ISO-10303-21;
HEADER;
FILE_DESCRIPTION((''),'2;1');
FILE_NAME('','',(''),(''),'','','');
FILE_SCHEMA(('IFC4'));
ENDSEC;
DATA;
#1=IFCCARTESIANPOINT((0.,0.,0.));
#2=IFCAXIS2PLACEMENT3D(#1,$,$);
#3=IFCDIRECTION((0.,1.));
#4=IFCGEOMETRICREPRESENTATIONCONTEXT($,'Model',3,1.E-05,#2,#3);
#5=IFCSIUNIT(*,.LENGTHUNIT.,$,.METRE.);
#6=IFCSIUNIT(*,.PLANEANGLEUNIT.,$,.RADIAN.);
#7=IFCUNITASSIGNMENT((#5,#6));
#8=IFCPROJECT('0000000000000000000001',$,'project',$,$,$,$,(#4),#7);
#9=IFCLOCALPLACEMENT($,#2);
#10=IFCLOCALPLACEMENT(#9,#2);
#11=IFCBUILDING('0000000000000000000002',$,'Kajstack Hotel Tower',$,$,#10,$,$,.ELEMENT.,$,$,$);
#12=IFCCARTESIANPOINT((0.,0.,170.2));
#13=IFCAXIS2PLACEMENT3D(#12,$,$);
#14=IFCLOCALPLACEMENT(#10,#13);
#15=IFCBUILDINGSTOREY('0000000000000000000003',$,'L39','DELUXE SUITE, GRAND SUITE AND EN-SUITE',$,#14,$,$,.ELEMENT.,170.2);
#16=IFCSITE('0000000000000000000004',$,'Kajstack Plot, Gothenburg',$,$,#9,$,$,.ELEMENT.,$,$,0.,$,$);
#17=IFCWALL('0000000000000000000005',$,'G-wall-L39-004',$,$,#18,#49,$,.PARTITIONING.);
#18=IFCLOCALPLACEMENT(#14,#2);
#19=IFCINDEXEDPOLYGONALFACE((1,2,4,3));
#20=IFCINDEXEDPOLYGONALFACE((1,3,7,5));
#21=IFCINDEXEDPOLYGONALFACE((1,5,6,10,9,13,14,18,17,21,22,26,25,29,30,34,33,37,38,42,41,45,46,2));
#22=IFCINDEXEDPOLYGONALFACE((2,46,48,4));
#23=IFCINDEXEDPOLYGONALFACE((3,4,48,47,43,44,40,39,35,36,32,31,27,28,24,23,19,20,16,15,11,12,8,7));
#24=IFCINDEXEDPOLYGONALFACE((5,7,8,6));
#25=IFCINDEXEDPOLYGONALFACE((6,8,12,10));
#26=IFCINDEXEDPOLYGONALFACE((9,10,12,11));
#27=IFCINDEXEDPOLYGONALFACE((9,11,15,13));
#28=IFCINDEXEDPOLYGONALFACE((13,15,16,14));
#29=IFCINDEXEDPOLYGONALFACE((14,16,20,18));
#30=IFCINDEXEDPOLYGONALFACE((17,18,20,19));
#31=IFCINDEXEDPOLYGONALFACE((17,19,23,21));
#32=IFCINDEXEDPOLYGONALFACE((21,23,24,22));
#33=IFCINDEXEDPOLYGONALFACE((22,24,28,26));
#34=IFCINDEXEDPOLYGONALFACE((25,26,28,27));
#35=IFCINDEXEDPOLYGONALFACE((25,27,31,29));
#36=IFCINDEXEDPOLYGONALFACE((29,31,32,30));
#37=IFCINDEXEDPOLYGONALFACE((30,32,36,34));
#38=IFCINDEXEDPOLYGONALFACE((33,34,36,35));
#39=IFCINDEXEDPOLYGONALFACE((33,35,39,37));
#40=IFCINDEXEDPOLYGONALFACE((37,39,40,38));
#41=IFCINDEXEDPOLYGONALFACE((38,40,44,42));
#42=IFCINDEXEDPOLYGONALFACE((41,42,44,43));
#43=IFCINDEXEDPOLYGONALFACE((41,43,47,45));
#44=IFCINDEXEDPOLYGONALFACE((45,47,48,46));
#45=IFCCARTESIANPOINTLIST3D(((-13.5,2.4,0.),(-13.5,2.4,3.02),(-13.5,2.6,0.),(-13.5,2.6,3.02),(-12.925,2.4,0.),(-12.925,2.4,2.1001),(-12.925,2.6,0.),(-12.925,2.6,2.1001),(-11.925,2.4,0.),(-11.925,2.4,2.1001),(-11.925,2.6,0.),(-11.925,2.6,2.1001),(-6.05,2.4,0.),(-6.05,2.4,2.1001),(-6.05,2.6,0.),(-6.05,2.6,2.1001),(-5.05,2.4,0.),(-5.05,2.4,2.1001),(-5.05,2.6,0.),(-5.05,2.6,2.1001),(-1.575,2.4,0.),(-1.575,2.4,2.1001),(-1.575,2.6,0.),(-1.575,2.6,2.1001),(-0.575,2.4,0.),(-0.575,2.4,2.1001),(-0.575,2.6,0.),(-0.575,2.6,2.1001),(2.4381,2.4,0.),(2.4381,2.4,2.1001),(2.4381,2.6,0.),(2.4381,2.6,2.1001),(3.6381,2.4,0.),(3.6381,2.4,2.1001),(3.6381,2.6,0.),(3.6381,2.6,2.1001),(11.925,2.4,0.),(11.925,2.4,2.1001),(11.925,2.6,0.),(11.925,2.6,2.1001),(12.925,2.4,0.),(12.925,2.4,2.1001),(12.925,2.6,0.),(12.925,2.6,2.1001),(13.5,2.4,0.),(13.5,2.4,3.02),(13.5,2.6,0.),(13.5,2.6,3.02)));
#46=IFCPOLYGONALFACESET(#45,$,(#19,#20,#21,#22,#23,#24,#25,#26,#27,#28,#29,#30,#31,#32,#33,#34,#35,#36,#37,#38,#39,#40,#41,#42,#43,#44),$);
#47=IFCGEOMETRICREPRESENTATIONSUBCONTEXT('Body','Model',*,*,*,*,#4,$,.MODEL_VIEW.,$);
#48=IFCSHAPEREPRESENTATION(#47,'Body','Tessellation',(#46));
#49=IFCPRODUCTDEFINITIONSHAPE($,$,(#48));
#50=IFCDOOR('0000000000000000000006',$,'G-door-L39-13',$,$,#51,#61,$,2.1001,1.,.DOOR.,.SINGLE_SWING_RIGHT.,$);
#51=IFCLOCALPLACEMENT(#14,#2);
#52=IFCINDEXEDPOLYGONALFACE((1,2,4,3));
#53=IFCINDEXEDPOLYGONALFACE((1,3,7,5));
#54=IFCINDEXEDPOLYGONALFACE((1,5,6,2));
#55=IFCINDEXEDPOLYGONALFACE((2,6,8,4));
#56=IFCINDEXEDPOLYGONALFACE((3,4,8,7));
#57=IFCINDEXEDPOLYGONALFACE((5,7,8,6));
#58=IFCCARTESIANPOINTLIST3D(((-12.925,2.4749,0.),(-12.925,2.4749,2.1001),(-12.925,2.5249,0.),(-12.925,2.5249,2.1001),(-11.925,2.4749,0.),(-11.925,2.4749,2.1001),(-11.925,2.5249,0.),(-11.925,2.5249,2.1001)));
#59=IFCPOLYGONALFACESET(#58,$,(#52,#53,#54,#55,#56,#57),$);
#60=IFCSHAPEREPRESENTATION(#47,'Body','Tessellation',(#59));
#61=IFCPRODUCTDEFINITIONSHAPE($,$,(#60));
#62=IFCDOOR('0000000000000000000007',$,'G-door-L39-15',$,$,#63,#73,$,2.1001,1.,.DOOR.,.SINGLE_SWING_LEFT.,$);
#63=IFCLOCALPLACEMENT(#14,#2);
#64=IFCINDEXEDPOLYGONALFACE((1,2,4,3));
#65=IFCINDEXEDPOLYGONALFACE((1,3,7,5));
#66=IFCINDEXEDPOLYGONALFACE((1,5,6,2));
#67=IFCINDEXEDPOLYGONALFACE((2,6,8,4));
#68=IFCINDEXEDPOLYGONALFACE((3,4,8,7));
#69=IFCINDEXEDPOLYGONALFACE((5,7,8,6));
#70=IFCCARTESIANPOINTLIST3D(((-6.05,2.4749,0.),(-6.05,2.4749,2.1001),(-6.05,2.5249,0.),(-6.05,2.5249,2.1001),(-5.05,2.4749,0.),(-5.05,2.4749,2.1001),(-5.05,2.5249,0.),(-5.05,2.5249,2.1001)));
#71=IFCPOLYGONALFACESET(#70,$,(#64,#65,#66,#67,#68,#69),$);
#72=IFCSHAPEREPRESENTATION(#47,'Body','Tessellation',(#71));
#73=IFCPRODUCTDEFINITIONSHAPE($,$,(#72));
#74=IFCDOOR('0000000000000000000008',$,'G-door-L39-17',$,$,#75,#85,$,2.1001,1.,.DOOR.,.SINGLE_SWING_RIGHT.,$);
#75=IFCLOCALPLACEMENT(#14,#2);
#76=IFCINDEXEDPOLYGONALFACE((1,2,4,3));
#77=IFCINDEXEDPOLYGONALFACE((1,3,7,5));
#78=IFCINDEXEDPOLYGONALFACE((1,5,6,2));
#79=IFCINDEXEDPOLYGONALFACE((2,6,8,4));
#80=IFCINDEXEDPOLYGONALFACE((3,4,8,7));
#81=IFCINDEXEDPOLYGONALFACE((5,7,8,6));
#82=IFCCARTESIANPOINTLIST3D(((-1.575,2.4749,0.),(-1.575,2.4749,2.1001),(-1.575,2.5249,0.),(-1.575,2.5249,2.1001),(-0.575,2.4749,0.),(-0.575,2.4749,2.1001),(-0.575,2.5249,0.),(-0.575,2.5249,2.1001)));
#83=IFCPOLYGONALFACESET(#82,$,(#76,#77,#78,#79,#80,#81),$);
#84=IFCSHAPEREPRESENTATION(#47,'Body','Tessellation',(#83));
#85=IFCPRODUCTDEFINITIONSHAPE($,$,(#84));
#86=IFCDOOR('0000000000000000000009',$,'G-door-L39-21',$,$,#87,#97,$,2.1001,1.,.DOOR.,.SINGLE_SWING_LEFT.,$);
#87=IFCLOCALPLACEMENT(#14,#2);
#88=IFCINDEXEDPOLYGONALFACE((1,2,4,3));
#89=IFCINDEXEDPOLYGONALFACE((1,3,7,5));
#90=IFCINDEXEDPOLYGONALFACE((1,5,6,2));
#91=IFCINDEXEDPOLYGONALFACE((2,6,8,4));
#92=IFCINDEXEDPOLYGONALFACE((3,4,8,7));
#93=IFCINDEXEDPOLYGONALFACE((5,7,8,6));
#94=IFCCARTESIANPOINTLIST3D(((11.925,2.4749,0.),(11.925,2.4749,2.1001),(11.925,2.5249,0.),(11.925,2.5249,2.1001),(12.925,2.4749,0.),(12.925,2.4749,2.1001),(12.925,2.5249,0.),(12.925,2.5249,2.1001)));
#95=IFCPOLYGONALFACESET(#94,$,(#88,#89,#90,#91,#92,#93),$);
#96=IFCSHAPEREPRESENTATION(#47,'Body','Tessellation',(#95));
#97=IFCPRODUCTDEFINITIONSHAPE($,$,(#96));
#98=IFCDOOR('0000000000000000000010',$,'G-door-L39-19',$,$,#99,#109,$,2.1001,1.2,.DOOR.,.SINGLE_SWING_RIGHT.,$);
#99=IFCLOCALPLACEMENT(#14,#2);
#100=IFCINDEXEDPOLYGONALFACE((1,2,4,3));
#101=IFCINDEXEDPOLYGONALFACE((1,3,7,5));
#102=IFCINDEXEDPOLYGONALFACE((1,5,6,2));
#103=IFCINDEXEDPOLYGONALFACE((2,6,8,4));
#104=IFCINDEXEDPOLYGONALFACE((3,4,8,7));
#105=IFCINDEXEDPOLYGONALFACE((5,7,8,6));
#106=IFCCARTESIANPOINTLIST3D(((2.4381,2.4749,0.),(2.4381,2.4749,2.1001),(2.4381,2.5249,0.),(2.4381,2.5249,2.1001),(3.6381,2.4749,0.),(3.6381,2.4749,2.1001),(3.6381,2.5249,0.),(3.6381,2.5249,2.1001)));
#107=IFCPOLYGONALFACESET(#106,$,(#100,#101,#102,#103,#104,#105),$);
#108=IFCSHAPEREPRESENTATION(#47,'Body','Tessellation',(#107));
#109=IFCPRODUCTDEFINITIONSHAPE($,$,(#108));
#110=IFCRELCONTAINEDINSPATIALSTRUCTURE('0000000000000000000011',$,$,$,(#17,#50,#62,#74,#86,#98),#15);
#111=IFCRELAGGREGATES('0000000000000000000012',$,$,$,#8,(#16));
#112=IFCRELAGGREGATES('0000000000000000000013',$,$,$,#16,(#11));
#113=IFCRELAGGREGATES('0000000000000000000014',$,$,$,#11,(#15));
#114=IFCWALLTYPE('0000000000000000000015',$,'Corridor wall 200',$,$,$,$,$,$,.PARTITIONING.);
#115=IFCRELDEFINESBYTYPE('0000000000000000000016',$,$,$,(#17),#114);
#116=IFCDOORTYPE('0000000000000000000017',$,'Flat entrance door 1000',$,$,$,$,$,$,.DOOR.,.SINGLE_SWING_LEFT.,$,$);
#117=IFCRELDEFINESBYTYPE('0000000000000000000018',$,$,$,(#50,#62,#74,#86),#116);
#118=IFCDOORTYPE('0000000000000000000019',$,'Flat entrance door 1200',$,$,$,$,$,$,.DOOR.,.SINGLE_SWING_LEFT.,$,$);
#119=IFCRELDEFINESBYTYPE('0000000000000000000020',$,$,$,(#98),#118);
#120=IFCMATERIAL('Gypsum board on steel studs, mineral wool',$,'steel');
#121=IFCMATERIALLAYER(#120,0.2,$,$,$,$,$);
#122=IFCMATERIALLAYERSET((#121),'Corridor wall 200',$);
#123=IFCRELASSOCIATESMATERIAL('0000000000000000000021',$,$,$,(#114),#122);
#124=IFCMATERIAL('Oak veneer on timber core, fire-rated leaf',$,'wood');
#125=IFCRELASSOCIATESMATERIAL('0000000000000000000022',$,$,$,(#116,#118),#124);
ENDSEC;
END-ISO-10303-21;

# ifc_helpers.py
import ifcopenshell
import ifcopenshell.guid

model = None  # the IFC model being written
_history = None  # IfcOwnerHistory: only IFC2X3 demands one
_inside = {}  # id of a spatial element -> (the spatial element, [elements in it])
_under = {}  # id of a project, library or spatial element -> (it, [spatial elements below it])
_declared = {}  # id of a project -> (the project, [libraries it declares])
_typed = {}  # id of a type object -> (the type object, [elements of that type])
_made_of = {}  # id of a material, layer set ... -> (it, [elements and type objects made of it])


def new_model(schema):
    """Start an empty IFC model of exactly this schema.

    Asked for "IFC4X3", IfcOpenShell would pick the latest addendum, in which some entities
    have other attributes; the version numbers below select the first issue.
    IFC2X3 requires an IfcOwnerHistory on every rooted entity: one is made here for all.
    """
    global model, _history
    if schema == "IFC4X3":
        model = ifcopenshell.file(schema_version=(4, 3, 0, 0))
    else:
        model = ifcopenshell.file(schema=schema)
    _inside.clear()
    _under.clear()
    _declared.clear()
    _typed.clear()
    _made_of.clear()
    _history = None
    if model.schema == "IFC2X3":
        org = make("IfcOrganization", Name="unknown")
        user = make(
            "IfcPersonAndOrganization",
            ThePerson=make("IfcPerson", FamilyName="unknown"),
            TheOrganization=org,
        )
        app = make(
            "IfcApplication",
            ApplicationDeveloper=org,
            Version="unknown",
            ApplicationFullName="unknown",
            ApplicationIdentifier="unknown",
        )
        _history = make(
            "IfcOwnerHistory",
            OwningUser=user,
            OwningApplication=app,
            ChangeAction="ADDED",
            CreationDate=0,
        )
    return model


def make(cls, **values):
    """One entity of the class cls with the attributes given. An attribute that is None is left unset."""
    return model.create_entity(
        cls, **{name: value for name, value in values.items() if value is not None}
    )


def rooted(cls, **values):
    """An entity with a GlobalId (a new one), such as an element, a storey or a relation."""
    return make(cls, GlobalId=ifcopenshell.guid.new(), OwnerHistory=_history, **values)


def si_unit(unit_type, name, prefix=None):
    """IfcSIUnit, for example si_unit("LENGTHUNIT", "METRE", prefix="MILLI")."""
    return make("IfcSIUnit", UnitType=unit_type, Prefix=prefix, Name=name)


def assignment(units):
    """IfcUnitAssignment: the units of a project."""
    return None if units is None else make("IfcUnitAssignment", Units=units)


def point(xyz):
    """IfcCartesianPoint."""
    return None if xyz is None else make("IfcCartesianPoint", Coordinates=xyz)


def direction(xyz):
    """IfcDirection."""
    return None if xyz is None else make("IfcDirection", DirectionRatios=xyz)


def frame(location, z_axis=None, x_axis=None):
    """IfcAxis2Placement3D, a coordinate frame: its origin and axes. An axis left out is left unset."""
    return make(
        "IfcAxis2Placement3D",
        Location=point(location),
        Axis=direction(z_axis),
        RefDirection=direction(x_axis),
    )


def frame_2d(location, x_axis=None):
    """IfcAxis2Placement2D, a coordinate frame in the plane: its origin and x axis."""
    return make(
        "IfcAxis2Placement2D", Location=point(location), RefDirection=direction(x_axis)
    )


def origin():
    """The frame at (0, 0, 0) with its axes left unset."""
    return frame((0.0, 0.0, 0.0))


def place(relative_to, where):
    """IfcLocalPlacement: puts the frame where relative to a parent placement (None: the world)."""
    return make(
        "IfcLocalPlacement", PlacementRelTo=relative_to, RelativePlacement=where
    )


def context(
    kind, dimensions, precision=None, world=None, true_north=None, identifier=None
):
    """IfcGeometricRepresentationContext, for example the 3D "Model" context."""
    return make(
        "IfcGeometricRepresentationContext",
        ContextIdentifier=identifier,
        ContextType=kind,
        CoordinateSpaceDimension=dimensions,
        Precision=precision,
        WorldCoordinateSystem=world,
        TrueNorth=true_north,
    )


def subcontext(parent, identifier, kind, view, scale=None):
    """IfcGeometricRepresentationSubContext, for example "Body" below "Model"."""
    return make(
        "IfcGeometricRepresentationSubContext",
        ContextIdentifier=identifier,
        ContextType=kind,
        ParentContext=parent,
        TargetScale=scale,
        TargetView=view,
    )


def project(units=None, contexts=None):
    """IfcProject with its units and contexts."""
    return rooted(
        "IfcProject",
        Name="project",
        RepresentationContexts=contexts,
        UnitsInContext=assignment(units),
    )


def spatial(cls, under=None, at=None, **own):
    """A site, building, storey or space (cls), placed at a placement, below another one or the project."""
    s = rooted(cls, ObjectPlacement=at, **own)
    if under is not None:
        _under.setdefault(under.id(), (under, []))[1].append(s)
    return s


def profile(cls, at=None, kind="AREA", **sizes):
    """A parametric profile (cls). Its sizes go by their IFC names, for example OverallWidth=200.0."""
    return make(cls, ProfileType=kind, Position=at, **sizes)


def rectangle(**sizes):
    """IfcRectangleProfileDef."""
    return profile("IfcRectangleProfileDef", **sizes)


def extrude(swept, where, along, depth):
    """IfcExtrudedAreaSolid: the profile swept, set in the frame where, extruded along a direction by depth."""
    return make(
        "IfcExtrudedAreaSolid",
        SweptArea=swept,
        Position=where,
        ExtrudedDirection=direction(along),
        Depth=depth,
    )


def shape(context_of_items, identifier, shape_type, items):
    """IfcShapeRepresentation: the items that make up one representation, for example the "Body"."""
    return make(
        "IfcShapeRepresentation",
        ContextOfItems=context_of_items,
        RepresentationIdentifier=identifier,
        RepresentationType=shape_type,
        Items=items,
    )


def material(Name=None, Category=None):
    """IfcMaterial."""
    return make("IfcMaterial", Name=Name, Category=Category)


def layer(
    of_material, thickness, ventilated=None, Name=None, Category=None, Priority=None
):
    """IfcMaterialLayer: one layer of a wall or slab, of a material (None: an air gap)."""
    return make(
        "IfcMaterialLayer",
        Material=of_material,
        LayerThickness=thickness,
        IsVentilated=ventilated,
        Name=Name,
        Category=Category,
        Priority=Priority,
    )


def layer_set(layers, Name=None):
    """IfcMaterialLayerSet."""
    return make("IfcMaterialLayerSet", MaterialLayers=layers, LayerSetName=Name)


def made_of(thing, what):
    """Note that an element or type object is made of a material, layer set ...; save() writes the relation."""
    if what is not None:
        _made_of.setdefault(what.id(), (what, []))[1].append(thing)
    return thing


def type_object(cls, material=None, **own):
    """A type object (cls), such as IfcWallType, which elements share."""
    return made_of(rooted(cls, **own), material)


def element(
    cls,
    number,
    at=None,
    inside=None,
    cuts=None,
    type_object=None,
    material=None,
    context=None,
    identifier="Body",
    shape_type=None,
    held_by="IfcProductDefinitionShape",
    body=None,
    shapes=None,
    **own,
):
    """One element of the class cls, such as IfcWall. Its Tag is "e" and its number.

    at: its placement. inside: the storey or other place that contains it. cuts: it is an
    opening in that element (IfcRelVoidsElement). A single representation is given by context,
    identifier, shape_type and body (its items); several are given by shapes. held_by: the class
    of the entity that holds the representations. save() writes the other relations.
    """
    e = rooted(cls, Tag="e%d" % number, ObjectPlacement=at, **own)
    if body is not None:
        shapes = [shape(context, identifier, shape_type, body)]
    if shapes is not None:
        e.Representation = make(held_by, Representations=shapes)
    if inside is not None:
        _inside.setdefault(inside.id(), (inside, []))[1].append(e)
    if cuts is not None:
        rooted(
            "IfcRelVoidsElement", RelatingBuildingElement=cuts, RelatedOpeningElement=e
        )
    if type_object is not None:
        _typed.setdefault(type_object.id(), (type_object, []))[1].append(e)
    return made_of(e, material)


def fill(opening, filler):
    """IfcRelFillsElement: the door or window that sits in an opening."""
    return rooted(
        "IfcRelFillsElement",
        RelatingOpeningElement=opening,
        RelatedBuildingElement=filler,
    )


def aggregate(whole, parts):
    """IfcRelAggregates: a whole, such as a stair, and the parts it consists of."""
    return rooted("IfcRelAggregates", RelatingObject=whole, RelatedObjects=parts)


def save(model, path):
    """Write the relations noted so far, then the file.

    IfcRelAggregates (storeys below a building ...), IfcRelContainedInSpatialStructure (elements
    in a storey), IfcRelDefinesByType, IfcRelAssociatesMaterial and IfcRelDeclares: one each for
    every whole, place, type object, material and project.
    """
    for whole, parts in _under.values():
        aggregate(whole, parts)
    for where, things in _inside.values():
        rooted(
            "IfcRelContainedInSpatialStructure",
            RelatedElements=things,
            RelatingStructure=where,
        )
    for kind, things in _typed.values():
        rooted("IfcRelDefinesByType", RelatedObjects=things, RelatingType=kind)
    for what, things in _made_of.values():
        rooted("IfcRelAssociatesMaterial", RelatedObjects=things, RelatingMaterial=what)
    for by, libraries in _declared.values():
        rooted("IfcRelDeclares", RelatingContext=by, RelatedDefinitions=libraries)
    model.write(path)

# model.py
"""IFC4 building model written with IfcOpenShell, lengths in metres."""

from ifc_helpers import new_model, si_unit, direction, frame, frame_2d, origin, place, context, subcontext, project, spatial, rectangle, extrude, material, layer, layer_set, type_object, element, fill, save


model = new_model("IFC4")

# Units and contexts
model_context = context("Model", 3, precision=1e-05, world=origin(), true_north=direction((0.0, 1.0)))
body_context = subcontext(model_context, "Body", "Model", "MODEL_VIEW")
ifc_project = project(units=[si_unit("LENGTHUNIT", "METRE"), si_unit("PLANEANGLEUNIT", "RADIAN")], contexts=[model_context])

# Site, building, storey
site_placement = place(None, origin())
site = spatial("IfcSite", under=ifc_project, at=site_placement, Name="Kajstack Plot, Gothenburg", CompositionType="ELEMENT", RefElevation=0.0)
building_placement = place(site_placement, origin())
building = spatial("IfcBuilding", under=site, at=building_placement, Name="Kajstack Hotel Tower", CompositionType="ELEMENT")
storey_placement = place(building_placement, frame((0.0, 0.0, 170.2)))
storey = spatial("IfcBuildingStorey", under=building, at=storey_placement, Name="L39", Description="DELUXE SUITE, GRAND SUITE AND EN-SUITE", CompositionType="ELEMENT", Elevation=170.2)

# Wall, openings, doors
ifc_material_1 = material(Name="Gypsum board on steel studs, mineral wool", Category="steel")
ifc_layer_1 = layer(ifc_material_1, 0.2)
ifc_layer_set_1 = layer_set([ifc_layer_1], Name="Corridor wall 200")
wall_type_1 = type_object("IfcWallType", Name="Corridor wall 200", PredefinedType="PARTITIONING", material=ifc_layer_set_1)
wall_1_placement = place(storey_placement, frame((-13.5, 2.5, 0.0), z_axis=(0.0, 0.0, 1.0), x_axis=(1.0, 0.0, 0.0)))
wall_1 = element("IfcWall", 1, at=wall_1_placement, inside=storey, type_object=wall_type_1, Name="G-wall-L39-004", PredefinedType="PARTITIONING", context=body_context, shape_type="SweptSolid", body=[
    extrude(rectangle(XDim=27.0, YDim=0.2, at=frame_2d((13.5, 0.0))), origin(), (0.0, 0.0, 1.0), 3.02),
])
opening_1_placement = place(wall_1_placement, frame((0.575, 0.0, 0.0)))
opening_1 = element("IfcOpeningElement", 2, at=opening_1_placement, cuts=wall_1, PredefinedType="OPENING", context=body_context, shape_type="SweptSolid", body=[
    extrude(rectangle(XDim=1.0, YDim=2.1001, at=frame_2d((0.5, 1.05))), frame((0.0, 0.1099, 0.0), z_axis=(0.0, -1.0, 0.0), x_axis=(1.0, 0.0, 0.0)), (0.0, 0.0, 1.0), 0.22),
])
opening_2_placement = place(wall_1_placement, frame((7.45, 0.0, 0.0)))
opening_2 = element("IfcOpeningElement", 3, at=opening_2_placement, cuts=wall_1, PredefinedType="OPENING", context=body_context, shape_type="SweptSolid", body=[
    extrude(rectangle(XDim=1.0, YDim=2.1001, at=frame_2d((0.5, 1.05))), frame((0.0, 0.1099, 0.0), z_axis=(0.0, -1.0, 0.0), x_axis=(1.0, 0.0, 0.0)), (0.0, 0.0, 1.0), 0.22),
])
opening_3_placement = place(wall_1_placement, frame((11.925, 0.0, 0.0)))
opening_3 = element("IfcOpeningElement", 4, at=opening_3_placement, cuts=wall_1, PredefinedType="OPENING", context=body_context, shape_type="SweptSolid", body=[
    extrude(rectangle(XDim=1.0, YDim=2.1001, at=frame_2d((0.5, 1.05))), frame((0.0, 0.1099, 0.0), z_axis=(0.0, -1.0, 0.0), x_axis=(1.0, 0.0, 0.0)), (0.0, 0.0, 1.0), 0.22),
])
opening_4_placement = place(wall_1_placement, frame((15.938, 0.0, 0.0)))
opening_4 = element("IfcOpeningElement", 5, at=opening_4_placement, cuts=wall_1, PredefinedType="OPENING", context=body_context, shape_type="SweptSolid", body=[
    extrude(rectangle(XDim=1.2, YDim=2.1001, at=frame_2d((0.6001, 1.05))), frame((0.0, 0.1099, 0.0), z_axis=(0.0, -1.0, 0.0), x_axis=(1.0, 0.0, 0.0)), (0.0, 0.0, 1.0), 0.22),
])
opening_5_placement = place(wall_1_placement, frame((25.425, 0.0, 0.0)))
opening_5 = element("IfcOpeningElement", 6, at=opening_5_placement, cuts=wall_1, PredefinedType="OPENING", context=body_context, shape_type="SweptSolid", body=[
    extrude(rectangle(XDim=1.0, YDim=2.1001, at=frame_2d((0.5, 1.05))), frame((0.0, 0.1099, 0.0), z_axis=(0.0, -1.0, 0.0), x_axis=(1.0, 0.0, 0.0)), (0.0, 0.0, 1.0), 0.22),
])
ifc_material_2 = material(Name="Oak veneer on timber core, fire-rated leaf", Category="wood")
door_type_1 = type_object("IfcDoorType", Name="Flat entrance door 1000", OperationType="SINGLE_SWING_LEFT", PredefinedType="DOOR", material=ifc_material_2)
door_1_placement = place(opening_1_placement, origin())
door_1 = element("IfcDoor", 7, at=door_1_placement, inside=storey, type_object=door_type_1, Name="G-door-L39-13", OperationType="SINGLE_SWING_RIGHT", OverallHeight=2.1001, OverallWidth=1.0, PredefinedType="DOOR", context=body_context, shape_type="SweptSolid", body=[
    extrude(rectangle(XDim=1.0, YDim=2.1001, at=frame_2d((0.5, 1.05))), frame((0.0, 0.0249, 0.0), z_axis=(0.0, -1.0, 0.0), x_axis=(1.0, 0.0, 0.0)), (0.0, 0.0, 1.0), 0.05),
])
fill(opening_1, door_1)
door_2_placement = place(opening_2_placement, origin())
door_2 = element("IfcDoor", 8, at=door_2_placement, inside=storey, type_object=door_type_1, Name="G-door-L39-15", OperationType="SINGLE_SWING_LEFT", OverallHeight=2.1001, OverallWidth=1.0, PredefinedType="DOOR", context=body_context, shape_type="SweptSolid", body=[
    extrude(rectangle(XDim=1.0, YDim=2.1001, at=frame_2d((0.5, 1.05))), frame((0.0, 0.0249, 0.0), z_axis=(0.0, -1.0, 0.0), x_axis=(1.0, 0.0, 0.0)), (0.0, 0.0, 1.0), 0.05),
])
fill(opening_2, door_2)
door_3_placement = place(opening_3_placement, origin())
door_3 = element("IfcDoor", 9, at=door_3_placement, inside=storey, type_object=door_type_1, Name="G-door-L39-17", OperationType="SINGLE_SWING_RIGHT", OverallHeight=2.1001, OverallWidth=1.0, PredefinedType="DOOR", context=body_context, shape_type="SweptSolid", body=[
    extrude(rectangle(XDim=1.0, YDim=2.1001, at=frame_2d((0.5, 1.05))), frame((0.0, 0.0249, 0.0), z_axis=(0.0, -1.0, 0.0), x_axis=(1.0, 0.0, 0.0)), (0.0, 0.0, 1.0), 0.05),
])
fill(opening_3, door_3)
door_4_placement = place(opening_5_placement, origin())
door_4 = element("IfcDoor", 10, at=door_4_placement, inside=storey, type_object=door_type_1, Name="G-door-L39-21", OperationType="SINGLE_SWING_LEFT", OverallHeight=2.1001, OverallWidth=1.0, PredefinedType="DOOR", context=body_context, shape_type="SweptSolid", body=[
    extrude(rectangle(XDim=1.0, YDim=2.1001, at=frame_2d((0.5, 1.05))), frame((0.0, 0.0249, 0.0), z_axis=(0.0, -1.0, 0.0), x_axis=(1.0, 0.0, 0.0)), (0.0, 0.0, 1.0), 0.05),
])
fill(opening_5, door_4)
door_type_2 = type_object("IfcDoorType", Name="Flat entrance door 1200", OperationType="SINGLE_SWING_LEFT", PredefinedType="DOOR", material=ifc_material_2)
door_5_placement = place(opening_4_placement, origin())
door_5 = element("IfcDoor", 11, at=door_5_placement, inside=storey, type_object=door_type_2, Name="G-door-L39-19", OperationType="SINGLE_SWING_RIGHT", OverallHeight=2.1001, OverallWidth=1.2, PredefinedType="DOOR", context=body_context, shape_type="SweptSolid", body=[
    extrude(rectangle(XDim=1.2, YDim=2.1001, at=frame_2d((0.6001, 1.05))), frame((0.0, 0.0249, 0.0), z_axis=(0.0, -1.0, 0.0), x_axis=(1.0, 0.0, 0.0)), (0.0, 0.0, 1.0), 0.05),
])
fill(opening_4, door_5)

save(model, "model.ifc")
